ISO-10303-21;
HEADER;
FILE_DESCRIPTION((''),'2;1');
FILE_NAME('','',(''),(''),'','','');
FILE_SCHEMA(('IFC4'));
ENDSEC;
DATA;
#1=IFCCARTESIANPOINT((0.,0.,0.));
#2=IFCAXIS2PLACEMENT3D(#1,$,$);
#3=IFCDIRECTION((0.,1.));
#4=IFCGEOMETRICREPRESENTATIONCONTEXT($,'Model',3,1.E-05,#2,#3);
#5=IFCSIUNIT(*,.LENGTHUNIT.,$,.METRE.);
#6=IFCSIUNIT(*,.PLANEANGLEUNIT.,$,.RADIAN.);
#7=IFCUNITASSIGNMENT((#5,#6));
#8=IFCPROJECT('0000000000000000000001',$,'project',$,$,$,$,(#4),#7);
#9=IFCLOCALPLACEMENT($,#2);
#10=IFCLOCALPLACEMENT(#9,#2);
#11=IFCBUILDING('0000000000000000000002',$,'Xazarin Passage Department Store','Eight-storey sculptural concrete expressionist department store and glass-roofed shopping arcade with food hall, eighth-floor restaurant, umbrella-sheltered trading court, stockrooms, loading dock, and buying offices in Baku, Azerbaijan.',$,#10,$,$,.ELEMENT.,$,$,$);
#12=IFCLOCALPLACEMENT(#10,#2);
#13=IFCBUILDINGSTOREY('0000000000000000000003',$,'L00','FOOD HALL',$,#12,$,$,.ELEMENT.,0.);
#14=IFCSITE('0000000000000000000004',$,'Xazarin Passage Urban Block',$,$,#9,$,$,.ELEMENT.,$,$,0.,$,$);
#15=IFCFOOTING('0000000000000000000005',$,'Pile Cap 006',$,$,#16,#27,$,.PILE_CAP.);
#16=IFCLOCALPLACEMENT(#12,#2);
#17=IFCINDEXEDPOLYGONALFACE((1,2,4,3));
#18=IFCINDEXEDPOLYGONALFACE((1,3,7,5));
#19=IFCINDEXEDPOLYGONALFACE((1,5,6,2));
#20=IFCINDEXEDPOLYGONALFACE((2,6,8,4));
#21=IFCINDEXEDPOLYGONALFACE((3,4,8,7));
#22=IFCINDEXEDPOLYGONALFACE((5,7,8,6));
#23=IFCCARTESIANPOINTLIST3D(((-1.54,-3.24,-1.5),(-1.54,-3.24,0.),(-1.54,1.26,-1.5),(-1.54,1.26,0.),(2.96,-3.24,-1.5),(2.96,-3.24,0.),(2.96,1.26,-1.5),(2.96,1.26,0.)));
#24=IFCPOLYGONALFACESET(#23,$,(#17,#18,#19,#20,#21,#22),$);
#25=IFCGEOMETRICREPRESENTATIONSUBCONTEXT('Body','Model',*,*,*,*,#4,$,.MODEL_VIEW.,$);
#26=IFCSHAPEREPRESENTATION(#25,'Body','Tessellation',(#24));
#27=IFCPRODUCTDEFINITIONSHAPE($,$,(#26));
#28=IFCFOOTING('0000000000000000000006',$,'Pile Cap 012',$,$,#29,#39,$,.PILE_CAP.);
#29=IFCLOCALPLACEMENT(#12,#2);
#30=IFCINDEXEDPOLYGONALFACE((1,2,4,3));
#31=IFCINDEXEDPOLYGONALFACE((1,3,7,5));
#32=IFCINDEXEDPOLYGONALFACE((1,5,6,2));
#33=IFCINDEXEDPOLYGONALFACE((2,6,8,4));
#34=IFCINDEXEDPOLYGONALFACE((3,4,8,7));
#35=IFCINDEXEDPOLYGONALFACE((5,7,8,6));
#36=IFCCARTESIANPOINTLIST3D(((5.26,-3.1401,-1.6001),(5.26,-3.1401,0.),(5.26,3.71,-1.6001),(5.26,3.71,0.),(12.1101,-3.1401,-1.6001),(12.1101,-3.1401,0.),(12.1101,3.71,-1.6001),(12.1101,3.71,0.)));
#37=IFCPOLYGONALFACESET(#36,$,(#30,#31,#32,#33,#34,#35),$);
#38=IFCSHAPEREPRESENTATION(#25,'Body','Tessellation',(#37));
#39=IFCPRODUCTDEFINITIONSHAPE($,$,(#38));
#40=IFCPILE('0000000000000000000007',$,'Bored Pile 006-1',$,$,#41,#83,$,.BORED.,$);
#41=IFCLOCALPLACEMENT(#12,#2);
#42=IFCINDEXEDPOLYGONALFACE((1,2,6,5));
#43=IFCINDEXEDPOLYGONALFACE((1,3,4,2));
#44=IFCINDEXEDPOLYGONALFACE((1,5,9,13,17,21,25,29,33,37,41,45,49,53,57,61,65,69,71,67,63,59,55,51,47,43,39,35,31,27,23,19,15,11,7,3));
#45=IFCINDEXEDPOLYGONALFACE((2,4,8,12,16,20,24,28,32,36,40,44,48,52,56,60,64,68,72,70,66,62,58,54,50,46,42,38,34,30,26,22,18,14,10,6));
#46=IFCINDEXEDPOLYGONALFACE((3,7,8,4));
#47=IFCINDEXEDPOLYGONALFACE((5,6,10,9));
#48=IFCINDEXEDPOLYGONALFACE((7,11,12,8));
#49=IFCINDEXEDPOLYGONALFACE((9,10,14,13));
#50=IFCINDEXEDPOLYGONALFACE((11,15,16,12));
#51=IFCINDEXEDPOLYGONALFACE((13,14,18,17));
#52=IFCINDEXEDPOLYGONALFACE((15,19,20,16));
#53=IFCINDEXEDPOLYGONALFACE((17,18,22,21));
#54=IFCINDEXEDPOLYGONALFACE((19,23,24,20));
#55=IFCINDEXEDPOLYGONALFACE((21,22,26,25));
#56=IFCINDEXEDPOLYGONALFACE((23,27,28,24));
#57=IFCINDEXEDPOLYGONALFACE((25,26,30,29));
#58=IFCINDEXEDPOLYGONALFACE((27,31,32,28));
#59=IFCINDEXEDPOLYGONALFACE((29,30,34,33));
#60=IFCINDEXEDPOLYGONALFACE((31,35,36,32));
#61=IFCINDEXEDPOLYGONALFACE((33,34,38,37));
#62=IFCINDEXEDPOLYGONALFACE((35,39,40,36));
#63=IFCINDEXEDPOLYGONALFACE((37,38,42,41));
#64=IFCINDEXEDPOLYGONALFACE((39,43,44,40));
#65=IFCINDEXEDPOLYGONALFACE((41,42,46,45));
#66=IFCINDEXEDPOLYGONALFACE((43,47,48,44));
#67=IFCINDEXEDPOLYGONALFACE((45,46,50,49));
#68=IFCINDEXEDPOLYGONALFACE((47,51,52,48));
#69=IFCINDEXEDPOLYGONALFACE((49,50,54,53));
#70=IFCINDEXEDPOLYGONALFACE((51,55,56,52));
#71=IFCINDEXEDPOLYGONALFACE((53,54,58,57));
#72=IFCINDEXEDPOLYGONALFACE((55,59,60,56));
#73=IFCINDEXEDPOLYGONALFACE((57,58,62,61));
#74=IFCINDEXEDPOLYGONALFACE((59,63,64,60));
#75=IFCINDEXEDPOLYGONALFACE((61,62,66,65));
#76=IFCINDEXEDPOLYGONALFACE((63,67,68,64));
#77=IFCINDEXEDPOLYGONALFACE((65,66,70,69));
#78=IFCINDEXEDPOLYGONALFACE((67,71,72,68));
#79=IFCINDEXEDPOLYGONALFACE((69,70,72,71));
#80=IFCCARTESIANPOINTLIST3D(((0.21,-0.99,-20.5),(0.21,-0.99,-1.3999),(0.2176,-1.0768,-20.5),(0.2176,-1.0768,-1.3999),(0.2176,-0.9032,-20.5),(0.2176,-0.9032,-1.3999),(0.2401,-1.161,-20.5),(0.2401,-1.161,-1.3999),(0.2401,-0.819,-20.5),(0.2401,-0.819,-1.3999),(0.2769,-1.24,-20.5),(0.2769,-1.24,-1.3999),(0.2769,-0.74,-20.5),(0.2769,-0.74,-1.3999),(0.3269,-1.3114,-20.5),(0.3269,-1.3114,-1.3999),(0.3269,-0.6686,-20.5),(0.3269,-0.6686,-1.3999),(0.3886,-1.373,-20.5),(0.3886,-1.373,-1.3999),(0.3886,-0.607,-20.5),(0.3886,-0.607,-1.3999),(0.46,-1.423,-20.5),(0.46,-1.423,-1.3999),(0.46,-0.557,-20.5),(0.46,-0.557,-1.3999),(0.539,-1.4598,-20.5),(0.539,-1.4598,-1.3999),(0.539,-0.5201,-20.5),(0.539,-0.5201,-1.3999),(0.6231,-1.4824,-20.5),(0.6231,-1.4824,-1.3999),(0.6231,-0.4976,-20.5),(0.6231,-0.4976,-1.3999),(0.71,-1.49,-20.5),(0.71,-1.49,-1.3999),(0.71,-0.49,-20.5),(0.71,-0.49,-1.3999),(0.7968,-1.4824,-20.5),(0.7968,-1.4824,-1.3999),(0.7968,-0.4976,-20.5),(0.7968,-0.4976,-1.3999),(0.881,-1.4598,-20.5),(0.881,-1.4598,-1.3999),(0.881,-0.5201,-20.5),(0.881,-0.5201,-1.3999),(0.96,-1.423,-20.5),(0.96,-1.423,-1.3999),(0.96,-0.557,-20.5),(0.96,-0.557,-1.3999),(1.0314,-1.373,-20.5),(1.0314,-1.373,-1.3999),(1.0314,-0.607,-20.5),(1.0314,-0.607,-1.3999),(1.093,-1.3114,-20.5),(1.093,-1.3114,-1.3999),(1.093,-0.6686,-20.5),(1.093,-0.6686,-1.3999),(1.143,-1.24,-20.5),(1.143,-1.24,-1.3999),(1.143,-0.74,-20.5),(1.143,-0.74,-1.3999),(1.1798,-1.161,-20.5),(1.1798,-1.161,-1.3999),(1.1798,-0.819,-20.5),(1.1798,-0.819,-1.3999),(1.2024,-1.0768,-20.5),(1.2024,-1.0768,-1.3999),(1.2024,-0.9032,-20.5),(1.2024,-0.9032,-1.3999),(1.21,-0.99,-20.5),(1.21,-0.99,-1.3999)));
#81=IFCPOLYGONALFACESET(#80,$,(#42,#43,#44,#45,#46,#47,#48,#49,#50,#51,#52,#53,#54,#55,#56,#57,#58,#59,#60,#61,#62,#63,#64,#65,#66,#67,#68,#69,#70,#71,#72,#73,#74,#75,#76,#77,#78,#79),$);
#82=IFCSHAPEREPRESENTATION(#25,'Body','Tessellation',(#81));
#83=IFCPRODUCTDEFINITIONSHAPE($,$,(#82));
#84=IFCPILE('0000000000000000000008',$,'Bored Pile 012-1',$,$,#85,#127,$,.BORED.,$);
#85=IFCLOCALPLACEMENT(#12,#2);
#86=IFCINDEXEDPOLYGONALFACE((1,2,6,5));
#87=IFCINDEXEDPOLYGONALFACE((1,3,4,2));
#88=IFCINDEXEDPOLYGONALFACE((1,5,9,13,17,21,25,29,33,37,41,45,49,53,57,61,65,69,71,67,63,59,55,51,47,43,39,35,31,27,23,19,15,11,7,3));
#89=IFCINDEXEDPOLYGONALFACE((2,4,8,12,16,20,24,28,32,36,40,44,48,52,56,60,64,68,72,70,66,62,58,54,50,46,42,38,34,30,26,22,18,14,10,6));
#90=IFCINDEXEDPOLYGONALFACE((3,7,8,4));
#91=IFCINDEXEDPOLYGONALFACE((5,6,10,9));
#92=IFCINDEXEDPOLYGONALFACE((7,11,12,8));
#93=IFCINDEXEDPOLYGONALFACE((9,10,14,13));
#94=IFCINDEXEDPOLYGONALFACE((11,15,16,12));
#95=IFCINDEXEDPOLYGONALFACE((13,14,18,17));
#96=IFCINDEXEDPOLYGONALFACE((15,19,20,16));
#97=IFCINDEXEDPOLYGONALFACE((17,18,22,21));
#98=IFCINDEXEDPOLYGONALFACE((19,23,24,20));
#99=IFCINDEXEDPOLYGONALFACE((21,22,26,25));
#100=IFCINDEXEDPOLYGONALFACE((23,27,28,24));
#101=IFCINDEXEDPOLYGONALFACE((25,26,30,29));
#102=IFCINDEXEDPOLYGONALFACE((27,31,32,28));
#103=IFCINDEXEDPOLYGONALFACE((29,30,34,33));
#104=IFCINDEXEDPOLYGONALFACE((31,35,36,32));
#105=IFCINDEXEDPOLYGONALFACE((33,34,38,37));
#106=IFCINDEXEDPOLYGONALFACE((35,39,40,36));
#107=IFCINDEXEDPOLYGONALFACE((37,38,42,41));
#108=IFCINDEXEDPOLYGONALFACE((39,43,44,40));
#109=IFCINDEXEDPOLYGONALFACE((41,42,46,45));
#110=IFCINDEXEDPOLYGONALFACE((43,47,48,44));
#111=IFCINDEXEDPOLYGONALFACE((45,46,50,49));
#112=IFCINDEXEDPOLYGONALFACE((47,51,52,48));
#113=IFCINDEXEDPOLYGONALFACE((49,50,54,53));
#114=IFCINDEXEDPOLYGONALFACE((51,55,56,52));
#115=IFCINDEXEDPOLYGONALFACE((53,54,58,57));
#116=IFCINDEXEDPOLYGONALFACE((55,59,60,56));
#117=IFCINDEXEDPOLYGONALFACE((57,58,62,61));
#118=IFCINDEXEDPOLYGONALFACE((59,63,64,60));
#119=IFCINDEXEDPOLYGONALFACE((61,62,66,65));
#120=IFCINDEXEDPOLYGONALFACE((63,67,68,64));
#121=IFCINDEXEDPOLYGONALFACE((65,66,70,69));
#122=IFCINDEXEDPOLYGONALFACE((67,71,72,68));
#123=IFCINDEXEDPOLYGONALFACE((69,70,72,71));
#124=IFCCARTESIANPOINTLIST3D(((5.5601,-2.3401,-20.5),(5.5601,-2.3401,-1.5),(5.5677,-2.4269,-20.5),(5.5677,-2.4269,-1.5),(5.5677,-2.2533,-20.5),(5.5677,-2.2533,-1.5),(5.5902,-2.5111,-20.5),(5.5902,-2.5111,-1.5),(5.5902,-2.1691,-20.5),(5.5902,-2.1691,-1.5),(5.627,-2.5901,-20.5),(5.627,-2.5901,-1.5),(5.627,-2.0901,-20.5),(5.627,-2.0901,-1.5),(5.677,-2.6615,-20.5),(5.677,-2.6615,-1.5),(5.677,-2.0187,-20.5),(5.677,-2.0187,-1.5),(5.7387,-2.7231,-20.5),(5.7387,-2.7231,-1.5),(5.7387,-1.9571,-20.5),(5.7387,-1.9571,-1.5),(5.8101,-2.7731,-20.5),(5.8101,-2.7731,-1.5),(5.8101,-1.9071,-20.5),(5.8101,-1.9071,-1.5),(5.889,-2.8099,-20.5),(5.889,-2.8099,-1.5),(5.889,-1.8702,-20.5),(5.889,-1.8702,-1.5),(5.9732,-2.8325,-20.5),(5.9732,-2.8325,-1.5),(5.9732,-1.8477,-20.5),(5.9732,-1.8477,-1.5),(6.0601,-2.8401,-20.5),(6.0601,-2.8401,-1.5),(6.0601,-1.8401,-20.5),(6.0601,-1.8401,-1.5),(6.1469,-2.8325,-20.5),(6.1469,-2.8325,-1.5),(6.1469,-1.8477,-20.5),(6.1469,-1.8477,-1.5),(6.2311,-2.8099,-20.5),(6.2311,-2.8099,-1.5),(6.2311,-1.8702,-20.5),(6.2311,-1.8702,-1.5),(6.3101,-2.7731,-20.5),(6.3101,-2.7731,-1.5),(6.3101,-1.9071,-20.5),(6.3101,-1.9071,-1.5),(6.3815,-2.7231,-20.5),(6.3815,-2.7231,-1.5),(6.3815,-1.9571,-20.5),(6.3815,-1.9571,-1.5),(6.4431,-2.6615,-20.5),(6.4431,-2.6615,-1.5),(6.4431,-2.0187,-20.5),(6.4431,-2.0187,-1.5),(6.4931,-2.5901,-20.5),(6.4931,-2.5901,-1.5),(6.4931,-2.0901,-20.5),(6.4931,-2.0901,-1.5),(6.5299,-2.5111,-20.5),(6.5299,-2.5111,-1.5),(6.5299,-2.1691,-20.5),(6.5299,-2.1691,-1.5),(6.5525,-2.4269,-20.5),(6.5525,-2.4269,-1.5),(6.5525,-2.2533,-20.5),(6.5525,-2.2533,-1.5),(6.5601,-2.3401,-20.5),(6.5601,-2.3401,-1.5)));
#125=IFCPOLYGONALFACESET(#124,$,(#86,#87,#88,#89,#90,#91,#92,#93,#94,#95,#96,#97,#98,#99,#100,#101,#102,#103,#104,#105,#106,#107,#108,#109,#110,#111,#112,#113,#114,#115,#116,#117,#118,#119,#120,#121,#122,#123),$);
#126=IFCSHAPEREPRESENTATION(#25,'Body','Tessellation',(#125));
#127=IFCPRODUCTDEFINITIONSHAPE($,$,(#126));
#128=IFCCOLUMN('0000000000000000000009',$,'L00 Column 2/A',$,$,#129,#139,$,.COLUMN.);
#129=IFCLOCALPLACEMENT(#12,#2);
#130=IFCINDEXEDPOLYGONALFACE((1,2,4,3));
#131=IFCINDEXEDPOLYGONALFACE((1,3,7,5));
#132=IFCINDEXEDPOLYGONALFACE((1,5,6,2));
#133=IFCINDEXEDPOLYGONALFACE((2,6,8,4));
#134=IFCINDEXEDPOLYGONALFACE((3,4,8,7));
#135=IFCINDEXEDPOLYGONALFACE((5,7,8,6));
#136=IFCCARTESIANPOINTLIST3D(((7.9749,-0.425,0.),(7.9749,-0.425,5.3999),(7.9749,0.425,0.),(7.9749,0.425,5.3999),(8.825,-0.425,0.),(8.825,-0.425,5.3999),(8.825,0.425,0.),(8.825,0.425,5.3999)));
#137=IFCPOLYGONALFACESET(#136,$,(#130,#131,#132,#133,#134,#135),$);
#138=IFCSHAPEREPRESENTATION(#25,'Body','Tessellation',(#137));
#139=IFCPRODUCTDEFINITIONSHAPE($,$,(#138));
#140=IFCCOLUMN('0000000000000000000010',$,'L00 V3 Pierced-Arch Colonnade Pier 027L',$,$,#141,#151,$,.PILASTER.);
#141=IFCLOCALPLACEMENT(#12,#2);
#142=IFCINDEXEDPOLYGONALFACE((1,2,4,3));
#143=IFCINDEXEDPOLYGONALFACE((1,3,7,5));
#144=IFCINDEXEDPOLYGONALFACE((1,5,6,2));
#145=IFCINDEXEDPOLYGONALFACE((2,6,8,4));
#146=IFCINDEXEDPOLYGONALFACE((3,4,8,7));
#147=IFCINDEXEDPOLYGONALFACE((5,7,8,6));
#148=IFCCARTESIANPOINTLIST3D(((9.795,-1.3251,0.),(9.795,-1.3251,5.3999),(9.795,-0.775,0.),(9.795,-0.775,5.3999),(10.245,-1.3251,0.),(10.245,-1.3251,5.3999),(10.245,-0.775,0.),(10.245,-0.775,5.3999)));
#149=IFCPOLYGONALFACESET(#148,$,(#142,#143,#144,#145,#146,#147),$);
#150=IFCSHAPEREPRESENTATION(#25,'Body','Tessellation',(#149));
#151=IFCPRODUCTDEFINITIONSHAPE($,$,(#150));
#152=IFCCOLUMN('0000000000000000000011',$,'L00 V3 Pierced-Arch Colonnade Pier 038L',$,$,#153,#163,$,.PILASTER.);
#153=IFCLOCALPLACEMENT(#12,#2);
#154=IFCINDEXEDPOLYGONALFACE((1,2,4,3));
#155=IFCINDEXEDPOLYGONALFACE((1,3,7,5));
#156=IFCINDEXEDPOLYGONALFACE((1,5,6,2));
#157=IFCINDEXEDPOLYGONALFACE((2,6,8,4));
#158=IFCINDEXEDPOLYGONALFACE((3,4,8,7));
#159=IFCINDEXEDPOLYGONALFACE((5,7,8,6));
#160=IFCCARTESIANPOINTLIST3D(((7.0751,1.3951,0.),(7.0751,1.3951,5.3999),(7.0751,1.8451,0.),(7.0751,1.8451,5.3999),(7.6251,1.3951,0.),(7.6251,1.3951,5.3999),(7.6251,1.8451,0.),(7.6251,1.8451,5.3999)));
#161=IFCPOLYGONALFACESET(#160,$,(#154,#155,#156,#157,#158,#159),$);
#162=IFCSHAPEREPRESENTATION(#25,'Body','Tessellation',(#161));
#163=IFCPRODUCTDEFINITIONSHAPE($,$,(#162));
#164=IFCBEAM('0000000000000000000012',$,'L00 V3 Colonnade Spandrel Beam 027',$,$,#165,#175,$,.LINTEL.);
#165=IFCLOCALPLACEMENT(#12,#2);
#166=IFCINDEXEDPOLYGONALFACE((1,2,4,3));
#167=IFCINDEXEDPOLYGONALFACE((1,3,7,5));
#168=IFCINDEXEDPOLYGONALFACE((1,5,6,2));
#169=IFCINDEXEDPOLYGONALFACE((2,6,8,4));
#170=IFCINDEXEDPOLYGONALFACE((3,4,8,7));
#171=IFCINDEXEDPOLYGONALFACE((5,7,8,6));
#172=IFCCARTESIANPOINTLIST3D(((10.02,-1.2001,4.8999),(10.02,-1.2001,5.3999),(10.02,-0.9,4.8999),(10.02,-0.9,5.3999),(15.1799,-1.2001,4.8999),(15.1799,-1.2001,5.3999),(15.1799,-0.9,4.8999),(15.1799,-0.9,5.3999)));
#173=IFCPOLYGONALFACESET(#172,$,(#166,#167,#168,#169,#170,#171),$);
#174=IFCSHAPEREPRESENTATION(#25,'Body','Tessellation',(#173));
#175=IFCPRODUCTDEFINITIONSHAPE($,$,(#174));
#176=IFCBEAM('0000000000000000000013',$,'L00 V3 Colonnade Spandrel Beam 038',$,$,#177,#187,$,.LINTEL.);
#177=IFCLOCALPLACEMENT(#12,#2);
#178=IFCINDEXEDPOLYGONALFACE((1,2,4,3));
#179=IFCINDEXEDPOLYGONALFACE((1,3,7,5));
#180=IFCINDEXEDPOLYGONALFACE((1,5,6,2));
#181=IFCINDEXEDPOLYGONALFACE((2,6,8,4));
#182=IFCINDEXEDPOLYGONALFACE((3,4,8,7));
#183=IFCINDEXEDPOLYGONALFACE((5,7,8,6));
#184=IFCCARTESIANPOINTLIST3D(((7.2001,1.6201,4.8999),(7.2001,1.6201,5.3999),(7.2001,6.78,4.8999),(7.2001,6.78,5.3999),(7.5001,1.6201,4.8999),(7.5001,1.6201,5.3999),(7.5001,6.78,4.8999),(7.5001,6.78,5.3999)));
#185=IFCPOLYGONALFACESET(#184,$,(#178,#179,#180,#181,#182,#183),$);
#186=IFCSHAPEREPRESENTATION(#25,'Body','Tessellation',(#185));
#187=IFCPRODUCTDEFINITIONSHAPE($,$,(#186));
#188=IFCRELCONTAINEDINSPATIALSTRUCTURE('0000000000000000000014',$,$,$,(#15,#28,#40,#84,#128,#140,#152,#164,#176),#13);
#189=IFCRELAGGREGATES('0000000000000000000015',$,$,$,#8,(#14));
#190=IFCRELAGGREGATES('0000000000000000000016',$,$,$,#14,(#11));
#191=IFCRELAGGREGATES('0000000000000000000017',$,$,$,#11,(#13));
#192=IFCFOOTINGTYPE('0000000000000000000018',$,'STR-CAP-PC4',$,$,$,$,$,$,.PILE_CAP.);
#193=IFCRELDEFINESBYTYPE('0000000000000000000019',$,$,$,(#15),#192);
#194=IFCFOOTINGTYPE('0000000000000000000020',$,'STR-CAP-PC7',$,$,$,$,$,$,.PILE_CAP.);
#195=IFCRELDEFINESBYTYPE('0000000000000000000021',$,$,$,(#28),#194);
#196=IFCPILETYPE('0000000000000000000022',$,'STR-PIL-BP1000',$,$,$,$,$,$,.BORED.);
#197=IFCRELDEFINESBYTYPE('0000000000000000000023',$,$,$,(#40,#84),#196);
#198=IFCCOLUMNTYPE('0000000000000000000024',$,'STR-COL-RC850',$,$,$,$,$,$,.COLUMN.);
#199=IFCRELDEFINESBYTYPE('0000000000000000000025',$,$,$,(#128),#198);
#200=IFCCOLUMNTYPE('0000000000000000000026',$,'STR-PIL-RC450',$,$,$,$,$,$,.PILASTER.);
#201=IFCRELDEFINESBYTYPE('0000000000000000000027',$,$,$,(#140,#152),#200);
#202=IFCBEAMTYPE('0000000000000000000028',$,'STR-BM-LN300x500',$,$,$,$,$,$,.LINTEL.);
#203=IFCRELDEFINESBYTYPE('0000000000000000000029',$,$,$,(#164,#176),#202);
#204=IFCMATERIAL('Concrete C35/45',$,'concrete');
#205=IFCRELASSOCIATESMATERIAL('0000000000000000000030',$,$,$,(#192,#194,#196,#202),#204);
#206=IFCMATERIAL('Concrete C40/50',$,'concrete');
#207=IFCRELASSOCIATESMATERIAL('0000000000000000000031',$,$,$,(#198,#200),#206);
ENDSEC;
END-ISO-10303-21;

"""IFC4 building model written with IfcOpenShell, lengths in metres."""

from ifc_helpers import new_model, si_unit, direction, frame, origin, origin_2d, place, context, subcontext, project, spatial, rectangle, circle, extrude, material, material_profile, profile_set, type_object, element, save


model = new_model("IFC4")

# Units and contexts
model_context = context("Model", 3, precision=1e-05, world=origin(), true_north=direction((0.0, 1.0)))
body_context = subcontext(model_context, "Body", "Model", "MODEL_VIEW")
ifc_project = project(units=[si_unit("LENGTHUNIT", "METRE"), si_unit("PLANEANGLEUNIT", "RADIAN")], contexts=[model_context])

# Site, building, storey
site_placement = place(None, origin())
site = spatial("IfcSite", under=ifc_project, at=site_placement, Name="Xazarin Passage Urban Block", CompositionType="ELEMENT", RefElevation=0.0)
building_placement = place(site_placement, origin())
building = spatial("IfcBuilding", under=site, at=building_placement, Name="Xazarin Passage Department Store", Description="Eight-storey sculptural concrete expressionist department store and glass-roofed shopping arcade with food hall, eighth-floor restaurant, umbrella-sheltered trading court, stockrooms, loading dock, and buying offices in Baku, Azerbaijan.", CompositionType="ELEMENT")
storey_placement = place(building_placement, origin())
storey = spatial("IfcBuildingStorey", under=building, at=storey_placement, Name="L00", Description="FOOD HALL", CompositionType="ELEMENT", Elevation=0.0)

# Footings
ifc_material_1 = material(Name="Concrete C35/45", Category="concrete")
footing_type_1 = type_object("IfcFootingType", Name="STR-CAP-PC4", PredefinedType="PILE_CAP", material=ifc_material_1)
footing_1_placement = place(storey_placement, frame((0.71, -0.99, -1.5), z_axis=(0.0, 0.0, 1.0), x_axis=(1.0, 0.0, 0.0)))
element("IfcFooting", 1, at=footing_1_placement, inside=storey, type_object=footing_type_1, Name="Pile Cap 006", PredefinedType="PILE_CAP", context=body_context, shape_type="SweptSolid", body=[
    extrude(rectangle(XDim=4.5, YDim=4.5, at=origin_2d()), origin(), (0.0, 0.0, 1.0), 1.5),
])
footing_type_2 = type_object("IfcFootingType", Name="STR-CAP-PC7", PredefinedType="PILE_CAP", material=ifc_material_1)
footing_2_placement = place(storey_placement, frame((8.6851, 0.2849, -1.6001), z_axis=(0.0, 0.0, 1.0), x_axis=(1.0, 0.0, 0.0)))
element("IfcFooting", 2, at=footing_2_placement, inside=storey, type_object=footing_type_2, Name="Pile Cap 012", PredefinedType="PILE_CAP", context=body_context, shape_type="SweptSolid", body=[
    extrude(rectangle(XDim=6.8501, YDim=6.8501, at=origin_2d()), origin(), (0.0, 0.0, 1.0), 1.6001),
])

# Piles
ifc_material_profile_1 = material_profile(ifc_material_1, circle(Radius=0.5, at=origin_2d()), Name="BP 1000")
ifc_profile_set_1 = profile_set([ifc_material_profile_1], Name="Concrete C35/45")
pile_type = type_object("IfcPileType", Name="STR-PIL-BP1000", PredefinedType="BORED", material=ifc_profile_set_1)
pile_1_placement = place(storey_placement, frame((0.71, -0.99, -1.3999), z_axis=(0.0, 0.0, -1.0), x_axis=(1.0, 0.0, 0.0)))
element("IfcPile", 3, at=pile_1_placement, inside=storey, type_object=pile_type, Name="Bored Pile 006-1", PredefinedType="BORED", context=body_context, shape_type="SweptSolid", body=[
    extrude(circle(Radius=0.5, at=origin_2d()), origin(), (0.0, 0.0, 1.0), 19.1001),
])
pile_2_placement = place(storey_placement, frame((6.0601, -2.3401, -1.5), z_axis=(0.0, 0.0, -1.0), x_axis=(1.0, 0.0, 0.0)))
element("IfcPile", 4, at=pile_2_placement, inside=storey, type_object=pile_type, Name="Bored Pile 012-1", PredefinedType="BORED", context=body_context, shape_type="SweptSolid", body=[
    extrude(circle(Radius=0.5, at=origin_2d()), origin(), (0.0, 0.0, 1.0), 19.0),
])

# Columns
ifc_material_2 = material(Name="Concrete C40/50", Category="concrete")
ifc_material_profile_2 = material_profile(ifc_material_2, rectangle(XDim=0.8501, YDim=0.8501, at=origin_2d()), Name="RC 850x850")
ifc_profile_set_2 = profile_set([ifc_material_profile_2], Name="Concrete C40/50")
column_type_1 = type_object("IfcColumnType", Name="STR-COL-RC850", PredefinedType="COLUMN", material=ifc_profile_set_2)
column_placement = place(storey_placement, frame((8.3999, 0.0, 0.0), z_axis=(0.0, 0.0, 1.0), x_axis=(1.0, 0.0, 0.0)))
element("IfcColumn", 5, at=column_placement, inside=storey, type_object=column_type_1, Name="L00 Column 2/A", PredefinedType="COLUMN", context=body_context, shape_type="SweptSolid", body=[
    extrude(rectangle(XDim=0.8501, YDim=0.8501, at=origin_2d()), origin(), (0.0, 0.0, 1.0), 5.3999),
])
ifc_material_profile_3 = material_profile(ifc_material_2, rectangle(XDim=0.45, YDim=0.55, at=origin_2d()), Name="RC 450x550")
ifc_profile_set_3 = profile_set([ifc_material_profile_3], Name="Concrete C40/50")
column_type_2 = type_object("IfcColumnType", Name="STR-PIL-RC450", PredefinedType="PILASTER", material=ifc_profile_set_3)
for number, where, z_axis, x_axis, name in (
    (6, (10.02, -1.05, 0.0), (0.0, 0.0, 1.0), (1.0, 0.0, 0.0), "L00 V3 Pierced-Arch Colonnade Pier 027L"),
    (7, (7.3501, 1.6201, 0.0), (0.0, 0.0, 1.0), (0.0, 1.0, 0.0), "L00 V3 Pierced-Arch Colonnade Pier 038L"),
):
    element("IfcColumn", number, at=place(storey_placement, frame(where, z_axis=z_axis, x_axis=x_axis)), inside=storey, type_object=column_type_2, Name=name, PredefinedType="PILASTER", context=body_context, shape_type="SweptSolid", body=[
        extrude(rectangle(XDim=0.45, YDim=0.55, at=origin_2d()), origin(), (0.0, 0.0, 1.0), 5.3999),
    ])

# Beams
ifc_material_profile_4 = material_profile(ifc_material_1, rectangle(XDim=0.3, YDim=0.5, at=origin_2d()), Name="RC 300x500")
ifc_profile_set_4 = profile_set([ifc_material_profile_4], Name="Concrete C35/45")
beam_type = type_object("IfcBeamType", Name="STR-BM-LN300x500", PredefinedType="LINTEL", material=ifc_profile_set_4)
for number, where, z_axis, x_axis, name in (
    (8, (10.02, -1.05, 5.1499), (1.0, 0.0, 0.0), (0.0, 1.0, 0.0), "L00 V3 Colonnade Spandrel Beam 027"),
    (9, (7.3501, 1.6201, 5.1499), (0.0, 1.0, 0.0), (-1.0, 0.0, 0.0), "L00 V3 Colonnade Spandrel Beam 038"),
):
    element("IfcBeam", number, at=place(storey_placement, frame(where, z_axis=z_axis, x_axis=x_axis)), inside=storey, type_object=beam_type, Name=name, PredefinedType="LINTEL", context=body_context, shape_type="SweptSolid", body=[
        extrude(rectangle(XDim=0.3, YDim=0.5, at=origin_2d()), origin(), (0.0, 0.0, 1.0), 5.1599),
    ])

save(model, "model.ifc")
